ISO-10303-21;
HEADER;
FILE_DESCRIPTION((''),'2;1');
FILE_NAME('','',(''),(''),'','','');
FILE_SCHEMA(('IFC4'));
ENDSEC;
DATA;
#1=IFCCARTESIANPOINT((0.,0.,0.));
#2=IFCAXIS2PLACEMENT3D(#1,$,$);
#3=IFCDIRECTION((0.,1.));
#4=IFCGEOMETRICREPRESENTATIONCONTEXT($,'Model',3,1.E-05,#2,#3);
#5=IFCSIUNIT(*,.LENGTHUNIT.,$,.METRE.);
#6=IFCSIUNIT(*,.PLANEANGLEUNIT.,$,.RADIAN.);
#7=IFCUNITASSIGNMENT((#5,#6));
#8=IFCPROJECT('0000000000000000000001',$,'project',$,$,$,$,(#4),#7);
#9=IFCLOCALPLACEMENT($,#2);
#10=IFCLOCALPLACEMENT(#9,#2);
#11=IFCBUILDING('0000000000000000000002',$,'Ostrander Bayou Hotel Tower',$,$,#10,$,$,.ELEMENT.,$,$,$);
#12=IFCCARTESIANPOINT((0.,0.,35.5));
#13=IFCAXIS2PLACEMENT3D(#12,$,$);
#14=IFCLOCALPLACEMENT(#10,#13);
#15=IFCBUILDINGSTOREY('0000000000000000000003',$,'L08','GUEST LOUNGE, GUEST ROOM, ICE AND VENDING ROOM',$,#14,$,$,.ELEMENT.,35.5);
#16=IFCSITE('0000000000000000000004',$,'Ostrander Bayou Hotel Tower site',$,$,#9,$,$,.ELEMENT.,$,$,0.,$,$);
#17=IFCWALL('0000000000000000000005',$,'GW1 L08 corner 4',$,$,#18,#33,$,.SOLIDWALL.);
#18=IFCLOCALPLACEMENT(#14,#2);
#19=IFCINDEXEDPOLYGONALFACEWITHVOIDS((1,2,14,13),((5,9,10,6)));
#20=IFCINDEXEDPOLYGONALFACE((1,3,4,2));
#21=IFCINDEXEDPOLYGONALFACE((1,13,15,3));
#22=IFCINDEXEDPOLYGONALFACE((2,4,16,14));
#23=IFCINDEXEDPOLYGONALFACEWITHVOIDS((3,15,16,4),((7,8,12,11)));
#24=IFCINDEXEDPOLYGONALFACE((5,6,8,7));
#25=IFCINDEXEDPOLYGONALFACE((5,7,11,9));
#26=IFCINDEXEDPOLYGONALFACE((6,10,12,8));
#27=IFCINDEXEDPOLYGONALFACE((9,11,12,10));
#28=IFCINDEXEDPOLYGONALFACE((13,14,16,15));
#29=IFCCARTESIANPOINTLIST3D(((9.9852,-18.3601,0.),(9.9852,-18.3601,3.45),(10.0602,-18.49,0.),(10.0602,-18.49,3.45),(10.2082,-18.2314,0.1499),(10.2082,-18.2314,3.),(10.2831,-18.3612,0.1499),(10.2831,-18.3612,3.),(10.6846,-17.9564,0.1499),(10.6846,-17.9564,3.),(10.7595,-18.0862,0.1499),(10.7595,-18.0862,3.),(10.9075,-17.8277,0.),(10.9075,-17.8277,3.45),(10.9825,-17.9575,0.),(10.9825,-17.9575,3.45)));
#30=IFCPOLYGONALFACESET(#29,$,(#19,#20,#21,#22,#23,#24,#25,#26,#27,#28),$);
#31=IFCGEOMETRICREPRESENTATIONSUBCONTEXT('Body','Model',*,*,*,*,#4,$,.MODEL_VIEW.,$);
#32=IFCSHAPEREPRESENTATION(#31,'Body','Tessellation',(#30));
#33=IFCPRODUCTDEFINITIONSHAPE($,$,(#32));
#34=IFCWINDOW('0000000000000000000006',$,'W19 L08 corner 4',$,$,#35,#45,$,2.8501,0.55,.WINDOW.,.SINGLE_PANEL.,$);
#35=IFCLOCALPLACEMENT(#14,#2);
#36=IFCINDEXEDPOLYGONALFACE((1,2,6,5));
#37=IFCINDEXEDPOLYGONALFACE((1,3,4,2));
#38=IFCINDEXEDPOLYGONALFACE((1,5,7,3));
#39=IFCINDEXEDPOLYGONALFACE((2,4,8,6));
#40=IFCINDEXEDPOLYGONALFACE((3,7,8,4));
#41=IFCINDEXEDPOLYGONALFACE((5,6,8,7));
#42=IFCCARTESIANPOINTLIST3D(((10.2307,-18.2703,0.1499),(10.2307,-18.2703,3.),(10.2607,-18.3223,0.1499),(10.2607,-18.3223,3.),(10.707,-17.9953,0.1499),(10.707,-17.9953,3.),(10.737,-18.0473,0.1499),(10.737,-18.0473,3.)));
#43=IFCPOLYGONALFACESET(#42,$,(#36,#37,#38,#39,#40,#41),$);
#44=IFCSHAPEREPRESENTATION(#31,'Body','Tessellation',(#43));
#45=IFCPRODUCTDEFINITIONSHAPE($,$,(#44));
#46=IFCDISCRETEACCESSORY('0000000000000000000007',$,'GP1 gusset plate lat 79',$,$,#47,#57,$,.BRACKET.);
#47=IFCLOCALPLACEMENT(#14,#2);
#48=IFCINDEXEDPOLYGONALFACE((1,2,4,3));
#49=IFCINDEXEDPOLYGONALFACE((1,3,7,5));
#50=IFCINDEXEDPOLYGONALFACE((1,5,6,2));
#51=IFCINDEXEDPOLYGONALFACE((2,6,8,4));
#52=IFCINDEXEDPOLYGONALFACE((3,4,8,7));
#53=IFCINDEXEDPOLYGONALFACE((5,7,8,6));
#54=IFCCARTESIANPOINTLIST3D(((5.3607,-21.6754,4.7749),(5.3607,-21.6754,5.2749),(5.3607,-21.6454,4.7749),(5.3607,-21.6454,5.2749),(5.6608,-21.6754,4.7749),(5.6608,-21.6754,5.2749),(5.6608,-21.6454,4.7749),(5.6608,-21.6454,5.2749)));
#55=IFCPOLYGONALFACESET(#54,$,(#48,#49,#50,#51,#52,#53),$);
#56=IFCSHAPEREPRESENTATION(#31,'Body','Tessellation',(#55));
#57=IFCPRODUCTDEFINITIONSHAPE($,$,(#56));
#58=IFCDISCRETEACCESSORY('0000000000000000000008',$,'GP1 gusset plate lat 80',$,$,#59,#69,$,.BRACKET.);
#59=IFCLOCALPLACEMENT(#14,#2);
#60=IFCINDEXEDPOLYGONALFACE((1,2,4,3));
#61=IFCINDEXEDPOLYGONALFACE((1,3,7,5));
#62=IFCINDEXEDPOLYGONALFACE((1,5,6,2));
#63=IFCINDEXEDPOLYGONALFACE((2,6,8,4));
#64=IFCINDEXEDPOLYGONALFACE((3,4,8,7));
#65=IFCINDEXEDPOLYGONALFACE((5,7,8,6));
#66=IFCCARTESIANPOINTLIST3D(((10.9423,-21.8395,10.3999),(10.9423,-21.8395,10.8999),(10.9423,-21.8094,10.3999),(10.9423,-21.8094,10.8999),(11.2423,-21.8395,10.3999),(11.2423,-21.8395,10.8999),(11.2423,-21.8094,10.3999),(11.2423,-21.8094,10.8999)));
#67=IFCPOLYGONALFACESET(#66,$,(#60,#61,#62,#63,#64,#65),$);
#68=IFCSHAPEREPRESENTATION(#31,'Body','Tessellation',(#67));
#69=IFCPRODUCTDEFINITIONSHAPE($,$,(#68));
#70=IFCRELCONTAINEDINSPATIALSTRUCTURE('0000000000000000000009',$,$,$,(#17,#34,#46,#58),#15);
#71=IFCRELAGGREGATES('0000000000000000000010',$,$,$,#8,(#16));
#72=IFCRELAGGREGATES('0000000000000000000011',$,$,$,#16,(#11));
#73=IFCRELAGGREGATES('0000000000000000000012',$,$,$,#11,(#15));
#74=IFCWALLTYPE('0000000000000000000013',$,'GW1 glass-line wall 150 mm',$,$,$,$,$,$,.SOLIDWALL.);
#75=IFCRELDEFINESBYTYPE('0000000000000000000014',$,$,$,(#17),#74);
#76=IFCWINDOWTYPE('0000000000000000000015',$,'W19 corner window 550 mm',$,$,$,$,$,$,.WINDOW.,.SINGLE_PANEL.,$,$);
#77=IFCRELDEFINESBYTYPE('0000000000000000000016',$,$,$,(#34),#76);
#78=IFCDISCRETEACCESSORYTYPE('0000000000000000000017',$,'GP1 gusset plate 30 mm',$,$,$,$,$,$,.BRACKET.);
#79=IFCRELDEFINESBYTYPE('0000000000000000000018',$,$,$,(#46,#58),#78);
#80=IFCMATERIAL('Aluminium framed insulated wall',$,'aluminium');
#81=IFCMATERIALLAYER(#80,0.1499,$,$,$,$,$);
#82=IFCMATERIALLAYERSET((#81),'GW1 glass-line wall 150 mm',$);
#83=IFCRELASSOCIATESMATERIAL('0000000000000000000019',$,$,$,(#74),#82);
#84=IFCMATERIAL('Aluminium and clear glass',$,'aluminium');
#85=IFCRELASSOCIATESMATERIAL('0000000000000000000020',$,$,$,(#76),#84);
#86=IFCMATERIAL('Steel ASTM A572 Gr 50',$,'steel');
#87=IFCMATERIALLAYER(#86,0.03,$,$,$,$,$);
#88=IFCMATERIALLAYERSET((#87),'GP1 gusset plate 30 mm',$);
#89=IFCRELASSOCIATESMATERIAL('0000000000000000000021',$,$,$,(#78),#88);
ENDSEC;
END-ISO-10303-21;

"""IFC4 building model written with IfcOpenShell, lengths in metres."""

from ifc_helpers import new_model, si_unit, direction, frame, frame_2d, origin, origin_2d, place, context, subcontext, project, spatial, rectangle, extrude, material, layer, layer_set, type_object, element, fill, save


model = new_model("IFC4")

# Units and contexts
model_context = context("Model", 3, precision=1e-05, world=origin(), true_north=direction((0.0, 1.0)))
body_context = subcontext(model_context, "Body", "Model", "MODEL_VIEW")
ifc_project = project(units=[si_unit("LENGTHUNIT", "METRE"), si_unit("PLANEANGLEUNIT", "RADIAN")], contexts=[model_context])

# Site, building, storey
site_placement = place(None, origin())
site = spatial("IfcSite", under=ifc_project, at=site_placement, Name="Ostrander Bayou Hotel Tower site", CompositionType="ELEMENT", RefElevation=0.0)
building_placement = place(site_placement, origin())
building = spatial("IfcBuilding", under=site, at=building_placement, Name="Ostrander Bayou Hotel Tower", CompositionType="ELEMENT")
storey_placement = place(building_placement, frame((0.0, 0.0, 35.5)))
storey = spatial("IfcBuildingStorey", under=building, at=storey_placement, Name="L08", Description="GUEST LOUNGE, GUEST ROOM, ICE AND VENDING ROOM", CompositionType="ELEMENT", Elevation=35.5)

# Shared definitions
ifc_material_1 = material(Name="Aluminium framed insulated wall", Category="aluminium")
ifc_layer_1 = layer(ifc_material_1, 0.1499)
ifc_layer_set_1 = layer_set([ifc_layer_1], Name="GW1 glass-line wall 150 mm")
wall_type = type_object("IfcWallType", Name="GW1 glass-line wall 150 mm", PredefinedType="SOLIDWALL", material=ifc_layer_set_1)

# Wall, opening, window
wall_1_placement = place(storey_placement, frame((10.0227, -18.425, 0.0), z_axis=(0.0, 0.0, 1.0), x_axis=(0.866048, 0.499961, 0.0)))
wall_1 = element("IfcWall", 1, at=wall_1_placement, inside=storey, type_object=wall_type, Name="GW1 L08 corner 4", PredefinedType="SOLIDWALL", context=body_context, shape_type="SweptSolid", body=[
    extrude(rectangle(XDim=1.0649, YDim=0.1499, at=frame_2d((0.5325, 0.0))), origin(), (0.0, 0.0, 1.0), 3.45),
])
opening_1_placement = place(wall_1_placement, frame((0.2576, 0.0, 0.1499)))
opening_1 = element("IfcOpeningElement", 2, at=opening_1_placement, cuts=wall_1, PredefinedType="OPENING", context=body_context, shape_type="SweptSolid", body=[
    extrude(rectangle(XDim=0.55, YDim=2.8501, at=frame_2d((0.2749, 1.425))), frame((0.0, 0.075, 0.0), z_axis=(0.0, -1.0, 0.0), x_axis=(1.0, 0.0, 0.0)), (0.0, 0.0, 1.0), 0.1499),
])
ifc_material_2 = material(Name="Aluminium and clear glass", Category="aluminium")
window_type_1 = type_object("IfcWindowType", Name="W19 corner window 550 mm", PartitioningType="SINGLE_PANEL", PredefinedType="WINDOW", material=ifc_material_2)
window_1_placement = place(opening_1_placement, origin())
window_1 = element("IfcWindow", 3, at=window_1_placement, inside=storey, type_object=window_type_1, Name="W19 L08 corner 4", OverallHeight=2.8501, OverallWidth=0.55, PartitioningType="SINGLE_PANEL", PredefinedType="WINDOW", context=body_context, shape_type="SweptSolid", body=[
    extrude(rectangle(XDim=0.55, YDim=2.8501, at=frame_2d((0.2749, 1.425))), frame((0.0, 0.03, 0.0), z_axis=(0.0, -1.0, 0.0), x_axis=(1.0, 0.0, 0.0)), (0.0, 0.0, 1.0), 0.0601),
])
fill(opening_1, window_1)

# Discrete accessories
ifc_material_3 = material(Name="Steel ASTM A572 Gr 50", Category="steel")
ifc_layer_2 = layer(ifc_material_3, 0.03)
ifc_layer_set_2 = layer_set([ifc_layer_2], Name="GP1 gusset plate 30 mm")
discrete_accessory_type = type_object("IfcDiscreteAccessoryType", Name="GP1 gusset plate 30 mm", PredefinedType="BRACKET", material=ifc_layer_set_2)
for number, where, z_axis, x_axis, name in (
    (4, (5.5107, -21.6604, 4.7749), (0.0, 0.0, 1.0), (1.0, 0.0, 0.0), "GP1 gusset plate lat 79"),
    (5, (11.0923, -21.8245, 10.3999), (0.0, 0.0, 1.0), (1.0, 0.0, 0.0), "GP1 gusset plate lat 80"),
):
    element("IfcDiscreteAccessory", number, at=place(storey_placement, frame(where, z_axis=z_axis, x_axis=x_axis)), inside=storey, type_object=discrete_accessory_type, Name=name, PredefinedType="BRACKET", context=body_context, shape_type="SweptSolid", body=[
        extrude(rectangle(XDim=0.3, YDim=0.03, at=origin_2d()), origin(), (0.0, 0.0, 1.0), 0.5),
    ])

save(model, "model.ifc")
